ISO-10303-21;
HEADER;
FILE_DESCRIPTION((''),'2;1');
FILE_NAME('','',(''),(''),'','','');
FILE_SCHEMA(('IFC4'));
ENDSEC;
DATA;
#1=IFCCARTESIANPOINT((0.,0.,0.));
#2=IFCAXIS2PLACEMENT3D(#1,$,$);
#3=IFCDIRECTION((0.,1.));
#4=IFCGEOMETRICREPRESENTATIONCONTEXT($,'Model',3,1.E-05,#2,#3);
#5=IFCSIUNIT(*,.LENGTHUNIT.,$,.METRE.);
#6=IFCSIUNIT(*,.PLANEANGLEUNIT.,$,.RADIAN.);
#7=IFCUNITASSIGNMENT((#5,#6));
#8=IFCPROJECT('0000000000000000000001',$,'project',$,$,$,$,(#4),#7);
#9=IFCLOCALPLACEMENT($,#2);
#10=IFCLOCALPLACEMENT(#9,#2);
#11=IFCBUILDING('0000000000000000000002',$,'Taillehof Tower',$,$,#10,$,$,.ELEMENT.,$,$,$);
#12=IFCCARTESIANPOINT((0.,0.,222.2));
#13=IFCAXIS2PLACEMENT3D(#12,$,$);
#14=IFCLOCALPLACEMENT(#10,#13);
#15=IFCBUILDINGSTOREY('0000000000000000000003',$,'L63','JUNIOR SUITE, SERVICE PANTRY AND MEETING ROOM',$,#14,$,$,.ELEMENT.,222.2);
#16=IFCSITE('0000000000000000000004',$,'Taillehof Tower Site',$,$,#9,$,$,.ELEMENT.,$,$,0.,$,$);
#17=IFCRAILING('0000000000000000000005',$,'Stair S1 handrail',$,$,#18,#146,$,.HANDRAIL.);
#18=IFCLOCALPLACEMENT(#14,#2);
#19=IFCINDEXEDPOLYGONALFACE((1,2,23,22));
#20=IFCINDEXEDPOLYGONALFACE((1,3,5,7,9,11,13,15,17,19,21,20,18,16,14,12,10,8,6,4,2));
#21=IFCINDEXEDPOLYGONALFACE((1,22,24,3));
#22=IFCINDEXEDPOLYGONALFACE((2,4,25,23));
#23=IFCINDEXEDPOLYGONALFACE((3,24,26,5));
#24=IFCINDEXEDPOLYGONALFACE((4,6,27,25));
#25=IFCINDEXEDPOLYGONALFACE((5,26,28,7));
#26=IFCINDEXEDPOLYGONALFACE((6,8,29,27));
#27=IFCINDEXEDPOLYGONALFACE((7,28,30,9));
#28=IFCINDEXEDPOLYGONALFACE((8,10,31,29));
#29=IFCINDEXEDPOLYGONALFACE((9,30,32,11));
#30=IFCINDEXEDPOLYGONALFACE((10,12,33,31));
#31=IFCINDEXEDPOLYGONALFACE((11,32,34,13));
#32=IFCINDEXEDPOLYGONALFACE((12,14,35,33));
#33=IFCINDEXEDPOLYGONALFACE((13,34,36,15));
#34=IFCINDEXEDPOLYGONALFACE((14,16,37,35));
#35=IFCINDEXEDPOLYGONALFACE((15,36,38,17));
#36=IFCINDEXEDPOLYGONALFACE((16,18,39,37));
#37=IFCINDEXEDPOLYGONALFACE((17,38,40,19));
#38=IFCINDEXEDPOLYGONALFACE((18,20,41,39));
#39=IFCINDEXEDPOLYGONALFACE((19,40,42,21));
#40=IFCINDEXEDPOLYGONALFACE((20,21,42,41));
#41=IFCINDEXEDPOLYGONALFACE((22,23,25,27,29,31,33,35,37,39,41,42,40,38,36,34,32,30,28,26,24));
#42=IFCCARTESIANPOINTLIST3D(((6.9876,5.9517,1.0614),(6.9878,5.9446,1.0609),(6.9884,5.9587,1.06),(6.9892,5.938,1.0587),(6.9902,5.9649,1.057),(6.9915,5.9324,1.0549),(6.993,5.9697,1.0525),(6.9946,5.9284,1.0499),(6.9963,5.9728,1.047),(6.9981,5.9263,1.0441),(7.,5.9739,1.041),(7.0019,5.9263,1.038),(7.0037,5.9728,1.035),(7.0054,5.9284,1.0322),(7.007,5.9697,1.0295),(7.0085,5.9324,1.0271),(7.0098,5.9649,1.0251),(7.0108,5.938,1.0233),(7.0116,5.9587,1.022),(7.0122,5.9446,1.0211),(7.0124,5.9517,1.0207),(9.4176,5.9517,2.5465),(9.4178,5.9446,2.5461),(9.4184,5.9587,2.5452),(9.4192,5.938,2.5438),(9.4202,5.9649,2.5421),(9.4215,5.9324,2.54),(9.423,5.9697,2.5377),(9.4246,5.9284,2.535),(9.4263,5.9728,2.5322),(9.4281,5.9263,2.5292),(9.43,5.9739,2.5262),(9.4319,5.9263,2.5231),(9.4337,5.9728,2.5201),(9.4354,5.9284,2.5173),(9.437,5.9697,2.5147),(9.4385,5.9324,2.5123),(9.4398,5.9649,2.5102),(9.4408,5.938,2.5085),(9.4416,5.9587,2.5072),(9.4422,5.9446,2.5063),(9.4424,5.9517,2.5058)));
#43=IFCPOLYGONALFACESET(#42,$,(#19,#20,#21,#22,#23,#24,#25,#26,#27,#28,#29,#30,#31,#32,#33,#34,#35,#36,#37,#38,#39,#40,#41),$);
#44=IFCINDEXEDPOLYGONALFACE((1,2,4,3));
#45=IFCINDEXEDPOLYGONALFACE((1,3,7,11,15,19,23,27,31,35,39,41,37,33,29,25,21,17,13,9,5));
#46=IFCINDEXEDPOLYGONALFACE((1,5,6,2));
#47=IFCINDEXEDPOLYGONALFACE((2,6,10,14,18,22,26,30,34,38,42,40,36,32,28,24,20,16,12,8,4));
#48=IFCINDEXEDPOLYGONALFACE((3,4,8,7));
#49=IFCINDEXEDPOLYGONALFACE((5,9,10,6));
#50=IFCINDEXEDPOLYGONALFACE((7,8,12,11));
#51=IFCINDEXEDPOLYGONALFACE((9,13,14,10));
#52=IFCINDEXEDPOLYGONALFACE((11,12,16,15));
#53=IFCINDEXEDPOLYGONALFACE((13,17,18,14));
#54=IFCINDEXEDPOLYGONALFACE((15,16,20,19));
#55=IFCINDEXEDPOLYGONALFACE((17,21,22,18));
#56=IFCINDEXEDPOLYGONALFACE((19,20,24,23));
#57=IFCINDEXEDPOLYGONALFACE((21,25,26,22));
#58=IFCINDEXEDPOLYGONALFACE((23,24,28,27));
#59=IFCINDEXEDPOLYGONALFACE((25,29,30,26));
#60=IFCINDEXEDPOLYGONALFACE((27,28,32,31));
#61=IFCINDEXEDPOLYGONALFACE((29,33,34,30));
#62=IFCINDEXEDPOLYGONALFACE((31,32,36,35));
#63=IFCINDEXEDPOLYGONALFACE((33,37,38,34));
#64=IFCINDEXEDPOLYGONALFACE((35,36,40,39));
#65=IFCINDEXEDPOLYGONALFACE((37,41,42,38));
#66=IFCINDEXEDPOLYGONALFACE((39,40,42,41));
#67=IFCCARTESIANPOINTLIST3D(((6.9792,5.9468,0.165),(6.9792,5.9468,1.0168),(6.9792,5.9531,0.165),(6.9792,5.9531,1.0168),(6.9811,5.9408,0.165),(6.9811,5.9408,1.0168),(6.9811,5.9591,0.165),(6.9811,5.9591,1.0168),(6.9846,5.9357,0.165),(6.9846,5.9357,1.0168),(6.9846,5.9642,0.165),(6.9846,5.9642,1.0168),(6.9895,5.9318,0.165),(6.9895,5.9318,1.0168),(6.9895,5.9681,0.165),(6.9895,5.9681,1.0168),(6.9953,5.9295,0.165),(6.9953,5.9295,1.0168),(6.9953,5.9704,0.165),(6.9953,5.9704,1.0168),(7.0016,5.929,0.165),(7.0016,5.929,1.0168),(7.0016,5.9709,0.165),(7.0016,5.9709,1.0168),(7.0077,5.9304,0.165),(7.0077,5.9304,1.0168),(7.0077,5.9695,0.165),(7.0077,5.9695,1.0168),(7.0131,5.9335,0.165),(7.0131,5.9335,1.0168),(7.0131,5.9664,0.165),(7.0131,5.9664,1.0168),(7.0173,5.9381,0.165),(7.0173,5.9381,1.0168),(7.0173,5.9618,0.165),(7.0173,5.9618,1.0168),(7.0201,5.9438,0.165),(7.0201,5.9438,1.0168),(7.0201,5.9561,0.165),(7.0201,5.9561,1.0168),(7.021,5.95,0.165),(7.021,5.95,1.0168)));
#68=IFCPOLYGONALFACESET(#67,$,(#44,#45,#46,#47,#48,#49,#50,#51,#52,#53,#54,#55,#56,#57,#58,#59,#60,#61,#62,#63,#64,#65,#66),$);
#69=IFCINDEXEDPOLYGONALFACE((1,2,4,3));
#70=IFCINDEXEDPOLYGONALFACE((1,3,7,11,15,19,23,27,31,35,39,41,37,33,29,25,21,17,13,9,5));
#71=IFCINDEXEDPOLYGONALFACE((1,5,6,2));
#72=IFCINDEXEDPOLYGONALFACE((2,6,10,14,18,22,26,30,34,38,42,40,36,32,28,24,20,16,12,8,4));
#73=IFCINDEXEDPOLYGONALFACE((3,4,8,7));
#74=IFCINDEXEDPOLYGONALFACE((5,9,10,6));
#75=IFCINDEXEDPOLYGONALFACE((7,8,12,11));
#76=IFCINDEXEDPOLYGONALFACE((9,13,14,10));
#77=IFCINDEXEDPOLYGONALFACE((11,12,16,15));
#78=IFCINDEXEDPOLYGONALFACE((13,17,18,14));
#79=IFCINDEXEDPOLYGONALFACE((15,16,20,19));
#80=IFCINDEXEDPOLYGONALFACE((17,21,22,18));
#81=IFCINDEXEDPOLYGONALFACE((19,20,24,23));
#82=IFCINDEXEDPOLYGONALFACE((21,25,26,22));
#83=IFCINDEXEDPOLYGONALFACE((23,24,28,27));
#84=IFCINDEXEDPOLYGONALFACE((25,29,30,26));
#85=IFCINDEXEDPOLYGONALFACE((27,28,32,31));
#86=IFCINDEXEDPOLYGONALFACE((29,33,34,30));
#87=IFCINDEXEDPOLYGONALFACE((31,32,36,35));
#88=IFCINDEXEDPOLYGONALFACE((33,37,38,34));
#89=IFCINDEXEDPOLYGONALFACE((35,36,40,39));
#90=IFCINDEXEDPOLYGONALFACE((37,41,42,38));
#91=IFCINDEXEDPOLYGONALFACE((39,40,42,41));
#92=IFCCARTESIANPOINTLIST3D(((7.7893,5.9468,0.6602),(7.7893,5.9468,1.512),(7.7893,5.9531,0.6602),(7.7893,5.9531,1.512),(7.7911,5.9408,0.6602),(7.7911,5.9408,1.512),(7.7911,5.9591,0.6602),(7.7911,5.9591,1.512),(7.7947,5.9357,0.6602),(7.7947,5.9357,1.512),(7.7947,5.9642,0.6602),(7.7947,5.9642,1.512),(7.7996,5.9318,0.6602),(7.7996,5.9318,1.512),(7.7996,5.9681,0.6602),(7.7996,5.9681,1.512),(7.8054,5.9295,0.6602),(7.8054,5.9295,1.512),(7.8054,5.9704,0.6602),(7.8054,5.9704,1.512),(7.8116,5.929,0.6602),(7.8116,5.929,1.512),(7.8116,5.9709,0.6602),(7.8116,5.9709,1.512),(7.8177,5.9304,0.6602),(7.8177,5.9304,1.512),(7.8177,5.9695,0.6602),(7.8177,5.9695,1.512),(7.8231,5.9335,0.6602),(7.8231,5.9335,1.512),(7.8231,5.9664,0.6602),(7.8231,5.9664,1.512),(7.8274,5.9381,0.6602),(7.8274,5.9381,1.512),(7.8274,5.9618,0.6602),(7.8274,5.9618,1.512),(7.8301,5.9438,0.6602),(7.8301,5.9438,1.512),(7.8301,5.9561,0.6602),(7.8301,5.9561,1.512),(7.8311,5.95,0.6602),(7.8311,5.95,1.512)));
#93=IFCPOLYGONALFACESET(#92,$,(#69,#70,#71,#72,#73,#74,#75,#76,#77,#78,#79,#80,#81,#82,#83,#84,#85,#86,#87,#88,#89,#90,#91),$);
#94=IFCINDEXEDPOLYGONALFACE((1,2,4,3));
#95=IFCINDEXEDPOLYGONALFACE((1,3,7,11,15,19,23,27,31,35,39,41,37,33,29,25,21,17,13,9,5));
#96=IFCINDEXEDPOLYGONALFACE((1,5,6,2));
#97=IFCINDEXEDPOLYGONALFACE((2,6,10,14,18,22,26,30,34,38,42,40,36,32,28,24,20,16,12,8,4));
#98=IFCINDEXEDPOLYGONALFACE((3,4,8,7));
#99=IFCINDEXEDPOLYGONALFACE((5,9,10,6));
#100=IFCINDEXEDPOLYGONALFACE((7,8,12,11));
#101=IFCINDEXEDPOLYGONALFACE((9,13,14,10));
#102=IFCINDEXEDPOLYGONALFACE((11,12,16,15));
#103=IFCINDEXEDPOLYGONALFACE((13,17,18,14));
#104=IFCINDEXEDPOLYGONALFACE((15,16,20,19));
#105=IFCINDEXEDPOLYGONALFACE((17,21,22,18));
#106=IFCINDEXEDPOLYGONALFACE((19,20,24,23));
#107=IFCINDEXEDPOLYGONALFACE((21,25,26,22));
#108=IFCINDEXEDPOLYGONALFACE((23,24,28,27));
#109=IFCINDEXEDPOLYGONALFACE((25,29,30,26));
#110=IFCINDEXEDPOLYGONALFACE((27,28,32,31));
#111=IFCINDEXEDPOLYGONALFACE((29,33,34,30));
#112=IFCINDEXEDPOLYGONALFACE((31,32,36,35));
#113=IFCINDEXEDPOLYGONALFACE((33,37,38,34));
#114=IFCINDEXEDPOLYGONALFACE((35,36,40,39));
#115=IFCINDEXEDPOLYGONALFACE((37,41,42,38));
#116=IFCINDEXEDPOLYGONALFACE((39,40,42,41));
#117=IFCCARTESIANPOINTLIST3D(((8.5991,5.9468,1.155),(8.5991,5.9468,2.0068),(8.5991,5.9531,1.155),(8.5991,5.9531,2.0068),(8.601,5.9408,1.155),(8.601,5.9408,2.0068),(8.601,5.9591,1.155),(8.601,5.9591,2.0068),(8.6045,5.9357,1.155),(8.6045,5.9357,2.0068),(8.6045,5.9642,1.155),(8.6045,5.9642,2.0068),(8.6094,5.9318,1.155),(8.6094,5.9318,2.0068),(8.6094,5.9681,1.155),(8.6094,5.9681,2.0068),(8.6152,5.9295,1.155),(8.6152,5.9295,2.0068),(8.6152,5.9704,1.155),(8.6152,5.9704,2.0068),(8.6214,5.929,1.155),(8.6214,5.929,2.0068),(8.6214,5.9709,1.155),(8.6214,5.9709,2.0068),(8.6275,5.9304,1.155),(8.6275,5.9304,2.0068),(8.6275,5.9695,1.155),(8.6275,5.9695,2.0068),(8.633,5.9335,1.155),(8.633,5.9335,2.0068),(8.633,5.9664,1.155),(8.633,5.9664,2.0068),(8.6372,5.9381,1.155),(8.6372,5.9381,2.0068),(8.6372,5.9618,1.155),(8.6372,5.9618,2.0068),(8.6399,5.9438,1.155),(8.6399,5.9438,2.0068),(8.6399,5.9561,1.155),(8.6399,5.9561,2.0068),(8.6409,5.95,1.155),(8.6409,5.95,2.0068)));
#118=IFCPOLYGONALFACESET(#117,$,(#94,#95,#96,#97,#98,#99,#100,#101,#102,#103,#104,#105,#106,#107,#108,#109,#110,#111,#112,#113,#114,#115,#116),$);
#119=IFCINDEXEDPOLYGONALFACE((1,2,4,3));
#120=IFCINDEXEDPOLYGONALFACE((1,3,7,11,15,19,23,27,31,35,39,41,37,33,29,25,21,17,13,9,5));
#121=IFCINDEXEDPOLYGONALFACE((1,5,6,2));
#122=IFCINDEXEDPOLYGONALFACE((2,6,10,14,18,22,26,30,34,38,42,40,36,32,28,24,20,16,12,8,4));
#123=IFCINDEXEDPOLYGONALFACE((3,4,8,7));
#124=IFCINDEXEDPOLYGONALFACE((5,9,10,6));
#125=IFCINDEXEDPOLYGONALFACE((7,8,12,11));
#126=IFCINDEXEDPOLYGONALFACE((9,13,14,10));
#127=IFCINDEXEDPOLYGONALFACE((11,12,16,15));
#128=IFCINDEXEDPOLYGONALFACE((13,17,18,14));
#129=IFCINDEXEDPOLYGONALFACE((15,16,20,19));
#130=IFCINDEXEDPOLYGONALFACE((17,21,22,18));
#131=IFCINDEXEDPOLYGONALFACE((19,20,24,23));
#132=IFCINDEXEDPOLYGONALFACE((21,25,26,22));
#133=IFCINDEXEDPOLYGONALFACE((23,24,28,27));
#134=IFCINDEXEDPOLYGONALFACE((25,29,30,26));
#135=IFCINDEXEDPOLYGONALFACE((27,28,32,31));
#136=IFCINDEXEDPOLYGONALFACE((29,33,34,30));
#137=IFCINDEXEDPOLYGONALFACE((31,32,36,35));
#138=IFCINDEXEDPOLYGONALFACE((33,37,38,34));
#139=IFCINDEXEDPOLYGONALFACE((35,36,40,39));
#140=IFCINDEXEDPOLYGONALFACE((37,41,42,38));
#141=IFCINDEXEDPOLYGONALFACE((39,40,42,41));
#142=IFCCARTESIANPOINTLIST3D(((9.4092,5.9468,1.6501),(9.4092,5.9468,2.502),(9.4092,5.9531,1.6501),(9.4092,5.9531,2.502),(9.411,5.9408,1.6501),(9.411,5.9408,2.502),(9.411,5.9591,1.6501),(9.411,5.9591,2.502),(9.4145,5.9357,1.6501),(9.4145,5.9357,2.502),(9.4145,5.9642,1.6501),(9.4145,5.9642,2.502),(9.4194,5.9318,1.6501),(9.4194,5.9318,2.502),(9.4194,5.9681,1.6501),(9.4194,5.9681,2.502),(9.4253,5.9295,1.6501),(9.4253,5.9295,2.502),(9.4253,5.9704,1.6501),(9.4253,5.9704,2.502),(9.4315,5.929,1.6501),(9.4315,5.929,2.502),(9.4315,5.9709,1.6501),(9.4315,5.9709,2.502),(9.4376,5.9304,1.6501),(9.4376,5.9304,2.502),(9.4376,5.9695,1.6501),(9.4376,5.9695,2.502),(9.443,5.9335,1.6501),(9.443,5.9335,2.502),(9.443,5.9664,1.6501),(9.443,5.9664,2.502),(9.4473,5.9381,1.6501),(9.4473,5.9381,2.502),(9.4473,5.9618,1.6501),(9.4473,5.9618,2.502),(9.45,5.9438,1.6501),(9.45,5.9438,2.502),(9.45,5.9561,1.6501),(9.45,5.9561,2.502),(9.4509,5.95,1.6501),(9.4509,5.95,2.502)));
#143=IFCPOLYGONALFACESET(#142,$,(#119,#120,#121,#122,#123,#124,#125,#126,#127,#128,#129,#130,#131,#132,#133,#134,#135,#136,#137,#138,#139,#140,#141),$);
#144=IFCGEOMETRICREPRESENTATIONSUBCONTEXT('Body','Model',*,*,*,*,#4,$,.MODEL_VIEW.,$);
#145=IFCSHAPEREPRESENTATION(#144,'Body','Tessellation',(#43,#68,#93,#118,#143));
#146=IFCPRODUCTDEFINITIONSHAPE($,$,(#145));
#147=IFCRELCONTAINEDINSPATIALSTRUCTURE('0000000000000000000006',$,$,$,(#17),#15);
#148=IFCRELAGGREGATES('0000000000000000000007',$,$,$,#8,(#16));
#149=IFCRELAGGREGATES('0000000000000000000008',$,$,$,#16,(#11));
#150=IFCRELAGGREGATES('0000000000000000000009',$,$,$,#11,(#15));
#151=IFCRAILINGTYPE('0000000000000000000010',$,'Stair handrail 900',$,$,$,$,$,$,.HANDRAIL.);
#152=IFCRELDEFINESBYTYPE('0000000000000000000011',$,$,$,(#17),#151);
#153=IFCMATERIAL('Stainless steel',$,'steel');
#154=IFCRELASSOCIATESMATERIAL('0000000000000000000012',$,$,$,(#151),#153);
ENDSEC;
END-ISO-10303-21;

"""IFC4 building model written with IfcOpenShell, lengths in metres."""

from ifc_helpers import new_model, si_unit, direction, frame, origin, origin_2d, place, context, subcontext, project, spatial, circle, extrude, material, type_object, element, save


model = new_model("IFC4")

# Units and contexts
model_context = context("Model", 3, precision=1e-05, world=origin(), true_north=direction((0.0, 1.0)))
body_context = subcontext(model_context, "Body", "Model", "MODEL_VIEW")
ifc_project = project(units=[si_unit("LENGTHUNIT", "METRE"), si_unit("PLANEANGLEUNIT", "RADIAN")], contexts=[model_context])

# Site, building, storey
site_placement = place(None, origin())
site = spatial("IfcSite", under=ifc_project, at=site_placement, Name="Taillehof Tower Site", CompositionType="ELEMENT", RefElevation=0.0)
building_placement = place(site_placement, origin())
building = spatial("IfcBuilding", under=site, at=building_placement, Name="Taillehof Tower", CompositionType="ELEMENT")
storey_placement = place(building_placement, frame((0.0, 0.0, 222.2)))
storey = spatial("IfcBuildingStorey", under=building, at=storey_placement, Name="L63", Description="JUNIOR SUITE, SERVICE PANTRY AND MEETING ROOM", CompositionType="ELEMENT", Elevation=222.2)

# Railing
ifc_material_1 = material(Name="Stainless steel", Category="steel")
railing_type = type_object("IfcRailingType", Name="Stair handrail 900", PredefinedType="HANDRAIL", material=ifc_material_1)
railing_placement = place(storey_placement, frame((7.0, 5.95, 0.165)))
element("IfcRailing", 1, at=railing_placement, inside=storey, type_object=railing_type, Name="Stair S1 handrail", PredefinedType="HANDRAIL", context=body_context, shape_type="SweptSolid", body=[
    extrude(circle(Radius=0.0239, at=origin_2d()), frame((0.0, 0.0, 0.876), z_axis=(0.853259, 0.0, 0.521488), x_axis=(0.0, 1.0, 0.0)), (0.0, 0.0, 1.0), 2.8479),
    extrude(circle(Radius=0.021, at=origin_2d()), origin(), (0.0, 0.0, 1.0), 0.8518),
    extrude(circle(Radius=0.021, at=origin_2d()), frame((0.8101, 0.0, 0.4951)), (0.0, 0.0, 1.0), 0.8518),
    extrude(circle(Radius=0.021, at=origin_2d()), frame((1.6199, 0.0, 0.99)), (0.0, 0.0, 1.0), 0.8518),
    extrude(circle(Radius=0.021, at=origin_2d()), frame((2.4299, 0.0, 1.4851)), (0.0, 0.0, 1.0), 0.8518),
])

save(model, "model.ifc")
